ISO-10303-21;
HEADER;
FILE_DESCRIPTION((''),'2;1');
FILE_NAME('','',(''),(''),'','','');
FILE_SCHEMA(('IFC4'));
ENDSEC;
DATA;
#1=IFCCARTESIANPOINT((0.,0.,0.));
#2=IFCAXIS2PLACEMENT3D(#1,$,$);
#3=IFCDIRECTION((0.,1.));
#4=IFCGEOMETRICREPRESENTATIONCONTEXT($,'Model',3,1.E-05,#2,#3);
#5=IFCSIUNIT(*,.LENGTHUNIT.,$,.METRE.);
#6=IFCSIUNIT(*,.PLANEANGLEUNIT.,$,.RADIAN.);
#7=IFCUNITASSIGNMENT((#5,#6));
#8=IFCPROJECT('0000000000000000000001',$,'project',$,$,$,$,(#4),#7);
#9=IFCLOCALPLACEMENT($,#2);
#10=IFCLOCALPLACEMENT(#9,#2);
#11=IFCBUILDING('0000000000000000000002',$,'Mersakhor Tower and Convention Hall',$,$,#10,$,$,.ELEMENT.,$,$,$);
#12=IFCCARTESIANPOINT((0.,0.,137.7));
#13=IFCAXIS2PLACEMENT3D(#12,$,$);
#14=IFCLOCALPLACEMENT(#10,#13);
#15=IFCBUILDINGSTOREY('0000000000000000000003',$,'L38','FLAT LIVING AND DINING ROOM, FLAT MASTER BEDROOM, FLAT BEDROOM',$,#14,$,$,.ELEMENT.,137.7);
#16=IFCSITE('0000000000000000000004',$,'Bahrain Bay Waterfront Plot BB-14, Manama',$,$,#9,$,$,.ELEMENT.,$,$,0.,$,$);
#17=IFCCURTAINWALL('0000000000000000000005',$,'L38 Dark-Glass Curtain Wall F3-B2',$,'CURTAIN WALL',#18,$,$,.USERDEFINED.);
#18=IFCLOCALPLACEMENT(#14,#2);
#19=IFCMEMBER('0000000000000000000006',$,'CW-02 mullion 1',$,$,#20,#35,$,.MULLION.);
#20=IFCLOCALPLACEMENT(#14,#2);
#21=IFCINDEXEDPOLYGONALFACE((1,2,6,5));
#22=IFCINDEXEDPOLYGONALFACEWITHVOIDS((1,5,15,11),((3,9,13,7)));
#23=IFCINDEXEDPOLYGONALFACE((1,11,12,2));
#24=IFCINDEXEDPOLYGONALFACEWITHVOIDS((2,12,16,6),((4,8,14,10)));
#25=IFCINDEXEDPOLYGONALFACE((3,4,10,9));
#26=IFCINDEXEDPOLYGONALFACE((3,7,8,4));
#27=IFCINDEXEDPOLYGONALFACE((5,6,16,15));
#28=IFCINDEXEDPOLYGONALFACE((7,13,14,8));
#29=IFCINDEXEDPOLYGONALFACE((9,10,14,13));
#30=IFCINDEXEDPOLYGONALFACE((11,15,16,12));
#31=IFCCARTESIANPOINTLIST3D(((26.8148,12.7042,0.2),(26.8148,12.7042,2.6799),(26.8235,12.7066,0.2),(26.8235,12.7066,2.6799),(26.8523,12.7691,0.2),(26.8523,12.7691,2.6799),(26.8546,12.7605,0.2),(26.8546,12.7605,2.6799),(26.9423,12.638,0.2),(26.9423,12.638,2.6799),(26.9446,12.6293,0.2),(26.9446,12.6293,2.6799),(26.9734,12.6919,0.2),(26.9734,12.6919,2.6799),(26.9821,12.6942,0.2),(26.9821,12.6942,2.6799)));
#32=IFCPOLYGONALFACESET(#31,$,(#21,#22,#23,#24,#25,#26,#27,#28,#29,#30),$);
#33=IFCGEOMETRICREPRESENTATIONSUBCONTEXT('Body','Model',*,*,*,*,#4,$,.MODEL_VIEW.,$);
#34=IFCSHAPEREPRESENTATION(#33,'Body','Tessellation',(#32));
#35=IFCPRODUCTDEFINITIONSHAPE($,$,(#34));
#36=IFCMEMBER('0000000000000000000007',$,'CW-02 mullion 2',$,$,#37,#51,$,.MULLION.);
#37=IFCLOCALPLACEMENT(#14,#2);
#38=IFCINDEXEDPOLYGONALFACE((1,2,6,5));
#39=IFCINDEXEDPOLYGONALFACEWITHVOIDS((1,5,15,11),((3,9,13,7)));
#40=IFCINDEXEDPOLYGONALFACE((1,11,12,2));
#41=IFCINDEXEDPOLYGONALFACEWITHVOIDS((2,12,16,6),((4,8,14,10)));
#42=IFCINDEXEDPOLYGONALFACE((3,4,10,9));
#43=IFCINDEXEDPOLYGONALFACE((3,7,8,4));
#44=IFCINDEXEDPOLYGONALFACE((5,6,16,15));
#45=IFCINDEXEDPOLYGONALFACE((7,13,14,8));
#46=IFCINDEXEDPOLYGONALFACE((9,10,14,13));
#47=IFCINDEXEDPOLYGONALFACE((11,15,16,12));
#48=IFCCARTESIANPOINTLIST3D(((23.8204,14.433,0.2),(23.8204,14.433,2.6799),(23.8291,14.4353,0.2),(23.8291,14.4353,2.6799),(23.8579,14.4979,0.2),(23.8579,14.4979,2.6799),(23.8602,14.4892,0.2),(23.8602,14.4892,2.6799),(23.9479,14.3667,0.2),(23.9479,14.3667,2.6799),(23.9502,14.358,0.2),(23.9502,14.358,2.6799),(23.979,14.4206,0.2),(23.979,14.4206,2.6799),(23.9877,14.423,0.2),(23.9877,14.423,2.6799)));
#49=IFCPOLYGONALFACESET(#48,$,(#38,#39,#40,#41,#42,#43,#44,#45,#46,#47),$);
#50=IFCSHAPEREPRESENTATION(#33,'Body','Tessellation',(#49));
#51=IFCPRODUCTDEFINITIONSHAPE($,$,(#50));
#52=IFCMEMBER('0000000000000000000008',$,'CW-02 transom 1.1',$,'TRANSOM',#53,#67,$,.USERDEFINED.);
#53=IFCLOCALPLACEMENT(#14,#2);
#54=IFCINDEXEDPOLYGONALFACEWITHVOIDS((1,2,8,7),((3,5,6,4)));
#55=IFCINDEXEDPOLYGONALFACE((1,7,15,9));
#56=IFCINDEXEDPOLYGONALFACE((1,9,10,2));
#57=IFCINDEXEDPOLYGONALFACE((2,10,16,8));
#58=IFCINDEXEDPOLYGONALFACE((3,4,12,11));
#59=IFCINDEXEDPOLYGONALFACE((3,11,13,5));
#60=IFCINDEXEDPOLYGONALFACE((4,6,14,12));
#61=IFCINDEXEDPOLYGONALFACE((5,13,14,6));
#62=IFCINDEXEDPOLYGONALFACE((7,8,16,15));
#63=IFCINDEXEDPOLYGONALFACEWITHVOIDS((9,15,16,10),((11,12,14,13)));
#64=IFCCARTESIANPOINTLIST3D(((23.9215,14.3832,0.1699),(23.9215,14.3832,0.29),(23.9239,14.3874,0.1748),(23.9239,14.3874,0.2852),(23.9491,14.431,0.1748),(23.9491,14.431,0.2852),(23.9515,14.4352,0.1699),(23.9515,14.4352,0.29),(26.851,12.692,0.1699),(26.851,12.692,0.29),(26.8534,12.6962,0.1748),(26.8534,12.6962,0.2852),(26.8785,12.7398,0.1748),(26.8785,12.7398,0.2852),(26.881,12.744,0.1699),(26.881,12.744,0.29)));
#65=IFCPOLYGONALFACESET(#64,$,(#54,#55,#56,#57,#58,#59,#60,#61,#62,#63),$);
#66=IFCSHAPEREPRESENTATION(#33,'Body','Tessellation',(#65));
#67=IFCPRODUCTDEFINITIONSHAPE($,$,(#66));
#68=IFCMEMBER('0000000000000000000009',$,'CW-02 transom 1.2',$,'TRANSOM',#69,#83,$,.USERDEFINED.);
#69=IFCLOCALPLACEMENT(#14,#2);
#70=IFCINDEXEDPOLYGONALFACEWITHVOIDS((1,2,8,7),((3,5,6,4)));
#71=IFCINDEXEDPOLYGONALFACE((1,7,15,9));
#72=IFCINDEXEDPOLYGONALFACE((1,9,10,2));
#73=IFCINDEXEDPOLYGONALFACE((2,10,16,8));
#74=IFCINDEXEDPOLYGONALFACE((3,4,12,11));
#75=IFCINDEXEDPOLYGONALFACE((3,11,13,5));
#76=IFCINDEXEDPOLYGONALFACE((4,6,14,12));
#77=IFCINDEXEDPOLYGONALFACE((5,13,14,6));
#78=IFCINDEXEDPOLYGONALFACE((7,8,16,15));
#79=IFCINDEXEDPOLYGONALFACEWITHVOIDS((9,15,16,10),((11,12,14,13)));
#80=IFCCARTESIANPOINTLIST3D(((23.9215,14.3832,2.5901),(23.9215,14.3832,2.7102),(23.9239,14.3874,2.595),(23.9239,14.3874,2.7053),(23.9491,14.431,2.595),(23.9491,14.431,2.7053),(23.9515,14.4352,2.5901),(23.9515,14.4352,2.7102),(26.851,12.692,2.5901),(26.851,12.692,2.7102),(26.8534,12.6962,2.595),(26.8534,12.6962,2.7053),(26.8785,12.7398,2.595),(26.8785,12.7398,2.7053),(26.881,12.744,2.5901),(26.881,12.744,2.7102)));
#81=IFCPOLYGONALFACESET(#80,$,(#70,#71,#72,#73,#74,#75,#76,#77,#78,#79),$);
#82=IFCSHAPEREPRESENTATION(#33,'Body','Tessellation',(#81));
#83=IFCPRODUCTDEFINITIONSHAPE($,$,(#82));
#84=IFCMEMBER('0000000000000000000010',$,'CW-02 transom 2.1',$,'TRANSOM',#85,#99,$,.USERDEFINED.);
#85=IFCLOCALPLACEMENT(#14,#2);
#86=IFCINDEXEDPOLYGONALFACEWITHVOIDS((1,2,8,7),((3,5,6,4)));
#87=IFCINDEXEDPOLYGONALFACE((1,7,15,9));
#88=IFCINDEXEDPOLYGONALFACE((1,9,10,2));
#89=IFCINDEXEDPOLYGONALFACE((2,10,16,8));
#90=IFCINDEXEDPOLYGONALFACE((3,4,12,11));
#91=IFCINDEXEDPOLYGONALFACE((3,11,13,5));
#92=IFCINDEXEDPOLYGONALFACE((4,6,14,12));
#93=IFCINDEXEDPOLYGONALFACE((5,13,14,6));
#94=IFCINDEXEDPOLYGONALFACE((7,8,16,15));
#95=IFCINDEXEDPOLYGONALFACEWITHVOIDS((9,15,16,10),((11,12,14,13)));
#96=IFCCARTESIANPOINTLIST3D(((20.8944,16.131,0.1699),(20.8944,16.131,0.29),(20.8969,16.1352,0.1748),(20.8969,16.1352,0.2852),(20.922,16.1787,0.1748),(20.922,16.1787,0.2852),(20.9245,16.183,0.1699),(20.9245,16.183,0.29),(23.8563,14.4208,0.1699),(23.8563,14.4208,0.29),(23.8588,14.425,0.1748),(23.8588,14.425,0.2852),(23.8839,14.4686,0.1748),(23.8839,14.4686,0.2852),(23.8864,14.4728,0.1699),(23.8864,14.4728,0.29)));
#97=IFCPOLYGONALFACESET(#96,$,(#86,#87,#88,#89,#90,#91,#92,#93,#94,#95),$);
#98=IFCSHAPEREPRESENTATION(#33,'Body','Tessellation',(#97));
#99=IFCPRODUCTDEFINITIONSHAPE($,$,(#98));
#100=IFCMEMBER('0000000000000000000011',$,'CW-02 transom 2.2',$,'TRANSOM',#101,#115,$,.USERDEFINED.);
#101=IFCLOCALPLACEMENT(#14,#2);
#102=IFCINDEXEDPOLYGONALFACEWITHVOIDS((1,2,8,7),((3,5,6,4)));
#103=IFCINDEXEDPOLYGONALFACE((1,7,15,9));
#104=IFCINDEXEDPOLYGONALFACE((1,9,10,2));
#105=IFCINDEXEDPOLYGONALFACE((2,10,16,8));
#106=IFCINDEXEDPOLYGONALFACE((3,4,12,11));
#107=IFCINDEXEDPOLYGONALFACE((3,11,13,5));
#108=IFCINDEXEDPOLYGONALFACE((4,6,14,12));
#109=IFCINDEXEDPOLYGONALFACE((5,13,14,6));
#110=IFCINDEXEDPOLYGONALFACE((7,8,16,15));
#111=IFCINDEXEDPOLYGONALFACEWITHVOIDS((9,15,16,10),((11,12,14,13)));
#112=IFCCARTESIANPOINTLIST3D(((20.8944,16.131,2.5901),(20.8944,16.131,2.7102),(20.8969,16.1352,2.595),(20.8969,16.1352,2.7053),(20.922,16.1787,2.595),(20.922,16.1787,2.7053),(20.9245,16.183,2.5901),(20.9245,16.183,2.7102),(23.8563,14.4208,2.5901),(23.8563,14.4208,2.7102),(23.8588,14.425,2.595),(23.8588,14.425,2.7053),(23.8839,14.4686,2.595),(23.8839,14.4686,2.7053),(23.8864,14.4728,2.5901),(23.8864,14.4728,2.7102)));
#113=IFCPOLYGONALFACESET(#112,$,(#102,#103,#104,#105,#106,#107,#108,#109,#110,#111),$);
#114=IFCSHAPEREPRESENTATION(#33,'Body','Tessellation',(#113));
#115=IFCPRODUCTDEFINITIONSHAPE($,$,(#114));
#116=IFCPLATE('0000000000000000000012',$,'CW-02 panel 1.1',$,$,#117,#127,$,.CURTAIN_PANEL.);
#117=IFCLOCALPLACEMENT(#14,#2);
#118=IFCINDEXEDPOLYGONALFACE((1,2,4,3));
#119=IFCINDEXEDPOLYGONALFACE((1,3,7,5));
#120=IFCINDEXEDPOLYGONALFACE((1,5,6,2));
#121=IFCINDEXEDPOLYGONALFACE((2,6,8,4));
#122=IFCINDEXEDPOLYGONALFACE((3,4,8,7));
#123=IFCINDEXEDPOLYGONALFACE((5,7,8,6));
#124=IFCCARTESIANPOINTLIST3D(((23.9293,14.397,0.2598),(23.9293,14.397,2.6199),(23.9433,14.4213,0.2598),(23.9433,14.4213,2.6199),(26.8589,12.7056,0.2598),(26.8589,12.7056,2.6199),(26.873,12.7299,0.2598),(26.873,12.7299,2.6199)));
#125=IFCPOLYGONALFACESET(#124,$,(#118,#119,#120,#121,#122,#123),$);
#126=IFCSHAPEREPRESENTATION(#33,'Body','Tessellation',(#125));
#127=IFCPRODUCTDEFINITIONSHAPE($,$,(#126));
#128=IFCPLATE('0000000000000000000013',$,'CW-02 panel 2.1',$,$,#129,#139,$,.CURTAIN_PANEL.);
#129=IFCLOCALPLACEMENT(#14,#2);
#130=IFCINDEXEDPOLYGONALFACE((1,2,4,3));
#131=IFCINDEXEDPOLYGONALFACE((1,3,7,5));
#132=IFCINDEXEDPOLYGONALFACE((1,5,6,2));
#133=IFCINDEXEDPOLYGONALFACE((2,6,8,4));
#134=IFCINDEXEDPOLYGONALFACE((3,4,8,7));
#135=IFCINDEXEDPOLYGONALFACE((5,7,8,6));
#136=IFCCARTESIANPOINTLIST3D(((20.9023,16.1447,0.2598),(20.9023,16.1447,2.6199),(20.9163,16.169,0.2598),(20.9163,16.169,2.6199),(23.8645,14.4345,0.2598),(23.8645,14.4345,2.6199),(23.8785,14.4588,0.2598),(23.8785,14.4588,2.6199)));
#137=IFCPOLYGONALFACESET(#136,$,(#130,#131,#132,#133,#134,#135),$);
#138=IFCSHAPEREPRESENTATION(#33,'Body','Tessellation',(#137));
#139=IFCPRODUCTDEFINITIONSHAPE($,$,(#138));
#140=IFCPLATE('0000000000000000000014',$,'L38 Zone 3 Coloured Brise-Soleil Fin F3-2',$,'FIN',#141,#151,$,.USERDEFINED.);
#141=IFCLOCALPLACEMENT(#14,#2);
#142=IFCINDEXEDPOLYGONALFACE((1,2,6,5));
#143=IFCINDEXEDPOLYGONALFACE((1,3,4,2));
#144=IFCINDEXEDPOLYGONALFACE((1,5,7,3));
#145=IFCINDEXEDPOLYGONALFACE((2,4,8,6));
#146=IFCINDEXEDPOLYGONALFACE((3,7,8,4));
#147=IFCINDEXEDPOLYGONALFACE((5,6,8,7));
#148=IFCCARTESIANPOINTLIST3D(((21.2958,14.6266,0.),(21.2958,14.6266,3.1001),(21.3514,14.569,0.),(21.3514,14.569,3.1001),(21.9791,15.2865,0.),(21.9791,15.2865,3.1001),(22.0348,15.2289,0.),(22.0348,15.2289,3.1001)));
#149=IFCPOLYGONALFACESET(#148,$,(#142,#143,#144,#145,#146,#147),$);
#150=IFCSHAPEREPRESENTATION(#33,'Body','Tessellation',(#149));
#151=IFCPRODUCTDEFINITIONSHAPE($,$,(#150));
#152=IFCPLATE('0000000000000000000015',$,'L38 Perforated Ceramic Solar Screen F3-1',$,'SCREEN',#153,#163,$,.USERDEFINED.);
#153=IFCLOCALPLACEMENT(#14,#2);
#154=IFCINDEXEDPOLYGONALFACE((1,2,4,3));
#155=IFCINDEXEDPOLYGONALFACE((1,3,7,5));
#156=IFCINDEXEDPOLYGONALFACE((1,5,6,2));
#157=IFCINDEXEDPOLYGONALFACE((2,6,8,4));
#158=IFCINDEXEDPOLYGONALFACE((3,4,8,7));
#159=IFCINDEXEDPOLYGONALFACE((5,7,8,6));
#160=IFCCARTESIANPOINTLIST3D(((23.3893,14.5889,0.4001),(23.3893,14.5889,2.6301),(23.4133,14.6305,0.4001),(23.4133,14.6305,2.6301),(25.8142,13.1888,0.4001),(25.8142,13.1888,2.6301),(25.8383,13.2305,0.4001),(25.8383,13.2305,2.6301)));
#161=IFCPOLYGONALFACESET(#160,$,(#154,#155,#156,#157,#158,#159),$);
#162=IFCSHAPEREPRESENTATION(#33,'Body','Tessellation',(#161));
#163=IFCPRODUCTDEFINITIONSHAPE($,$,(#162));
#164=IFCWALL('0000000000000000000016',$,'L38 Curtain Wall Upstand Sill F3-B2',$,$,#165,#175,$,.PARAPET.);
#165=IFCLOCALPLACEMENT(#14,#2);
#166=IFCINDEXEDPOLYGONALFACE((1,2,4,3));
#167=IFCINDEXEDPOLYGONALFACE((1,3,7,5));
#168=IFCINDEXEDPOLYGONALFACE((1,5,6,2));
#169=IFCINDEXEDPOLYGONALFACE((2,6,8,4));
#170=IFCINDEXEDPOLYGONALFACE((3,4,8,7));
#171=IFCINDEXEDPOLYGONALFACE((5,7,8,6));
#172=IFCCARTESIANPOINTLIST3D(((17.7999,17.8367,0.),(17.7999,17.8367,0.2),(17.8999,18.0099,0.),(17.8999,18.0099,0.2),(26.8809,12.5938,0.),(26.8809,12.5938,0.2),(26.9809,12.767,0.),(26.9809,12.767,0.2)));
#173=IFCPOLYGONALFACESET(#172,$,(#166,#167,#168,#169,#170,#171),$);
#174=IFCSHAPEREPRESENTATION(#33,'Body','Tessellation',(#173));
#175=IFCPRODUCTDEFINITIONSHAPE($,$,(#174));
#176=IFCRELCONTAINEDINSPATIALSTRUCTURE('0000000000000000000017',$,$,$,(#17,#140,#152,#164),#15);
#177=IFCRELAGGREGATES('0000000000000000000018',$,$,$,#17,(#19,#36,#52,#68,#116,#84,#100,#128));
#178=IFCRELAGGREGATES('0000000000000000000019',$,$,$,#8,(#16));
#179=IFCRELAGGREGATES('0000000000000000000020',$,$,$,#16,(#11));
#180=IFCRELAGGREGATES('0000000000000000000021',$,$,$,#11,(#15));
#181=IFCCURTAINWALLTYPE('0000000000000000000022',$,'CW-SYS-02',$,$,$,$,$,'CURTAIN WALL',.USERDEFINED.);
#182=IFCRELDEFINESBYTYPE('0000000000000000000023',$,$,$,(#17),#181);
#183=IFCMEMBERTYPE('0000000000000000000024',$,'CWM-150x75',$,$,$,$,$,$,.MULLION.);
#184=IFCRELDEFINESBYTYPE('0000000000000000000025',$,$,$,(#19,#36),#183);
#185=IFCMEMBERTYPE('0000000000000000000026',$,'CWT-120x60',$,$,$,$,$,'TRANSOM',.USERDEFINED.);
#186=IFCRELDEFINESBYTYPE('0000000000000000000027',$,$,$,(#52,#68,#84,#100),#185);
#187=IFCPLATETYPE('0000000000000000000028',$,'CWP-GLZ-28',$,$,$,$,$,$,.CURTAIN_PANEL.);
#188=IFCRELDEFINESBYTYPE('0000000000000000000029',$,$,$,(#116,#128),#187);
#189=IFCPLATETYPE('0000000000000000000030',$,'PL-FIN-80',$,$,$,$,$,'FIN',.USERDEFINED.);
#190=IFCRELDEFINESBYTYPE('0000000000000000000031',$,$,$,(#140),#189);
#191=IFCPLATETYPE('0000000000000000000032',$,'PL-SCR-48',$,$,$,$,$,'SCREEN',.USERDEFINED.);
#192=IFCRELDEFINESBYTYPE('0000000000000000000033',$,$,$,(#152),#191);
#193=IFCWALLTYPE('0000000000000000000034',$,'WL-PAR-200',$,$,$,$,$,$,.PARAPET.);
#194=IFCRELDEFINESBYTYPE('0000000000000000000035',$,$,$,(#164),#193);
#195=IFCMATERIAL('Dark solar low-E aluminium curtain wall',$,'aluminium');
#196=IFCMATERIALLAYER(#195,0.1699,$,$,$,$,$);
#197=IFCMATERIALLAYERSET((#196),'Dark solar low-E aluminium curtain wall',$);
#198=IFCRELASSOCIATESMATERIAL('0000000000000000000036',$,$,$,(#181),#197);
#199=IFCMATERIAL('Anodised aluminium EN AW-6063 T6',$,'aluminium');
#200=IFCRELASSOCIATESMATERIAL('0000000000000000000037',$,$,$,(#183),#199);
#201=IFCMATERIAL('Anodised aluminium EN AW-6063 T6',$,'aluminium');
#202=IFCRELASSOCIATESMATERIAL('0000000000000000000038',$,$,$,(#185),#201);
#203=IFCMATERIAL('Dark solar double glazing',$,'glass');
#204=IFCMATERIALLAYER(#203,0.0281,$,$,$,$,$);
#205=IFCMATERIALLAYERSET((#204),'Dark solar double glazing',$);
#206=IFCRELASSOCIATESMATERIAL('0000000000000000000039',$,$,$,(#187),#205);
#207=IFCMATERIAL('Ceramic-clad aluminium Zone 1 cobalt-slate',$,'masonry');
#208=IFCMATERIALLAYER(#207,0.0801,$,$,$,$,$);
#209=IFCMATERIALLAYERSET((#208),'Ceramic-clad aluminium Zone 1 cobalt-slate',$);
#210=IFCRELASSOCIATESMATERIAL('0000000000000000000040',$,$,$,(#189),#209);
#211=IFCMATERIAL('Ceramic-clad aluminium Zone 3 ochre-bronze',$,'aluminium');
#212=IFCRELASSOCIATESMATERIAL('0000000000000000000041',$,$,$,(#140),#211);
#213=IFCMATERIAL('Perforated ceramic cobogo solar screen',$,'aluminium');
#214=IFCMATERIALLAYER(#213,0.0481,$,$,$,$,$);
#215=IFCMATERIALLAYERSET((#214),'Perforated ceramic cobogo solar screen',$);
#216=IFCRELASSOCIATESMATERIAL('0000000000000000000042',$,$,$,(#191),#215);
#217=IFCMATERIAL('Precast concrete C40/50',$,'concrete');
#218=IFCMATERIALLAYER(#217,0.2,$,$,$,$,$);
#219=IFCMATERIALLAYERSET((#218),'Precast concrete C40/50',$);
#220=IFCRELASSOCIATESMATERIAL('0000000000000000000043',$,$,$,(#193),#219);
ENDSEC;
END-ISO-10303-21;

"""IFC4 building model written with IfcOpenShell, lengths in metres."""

from ifc_helpers import new_model, si_unit, direction, frame, frame_2d, origin, origin_2d, place, context, subcontext, project, spatial, rectangle, hollow_rectangle, extrude, material, layer, layer_set, material_profile, profile_set, type_object, element, aggregate, save


model = new_model("IFC4")

# Units and contexts
model_context = context("Model", 3, precision=1e-05, world=origin(), true_north=direction((0.0, 1.0)))
body_context = subcontext(model_context, "Body", "Model", "MODEL_VIEW")
ifc_project = project(units=[si_unit("LENGTHUNIT", "METRE"), si_unit("PLANEANGLEUNIT", "RADIAN")], contexts=[model_context])

# Site, building, storey
site_placement = place(None, origin())
site = spatial("IfcSite", under=ifc_project, at=site_placement, Name="Bahrain Bay Waterfront Plot BB-14, Manama", CompositionType="ELEMENT", RefElevation=0.0)
building_placement = place(site_placement, origin())
building = spatial("IfcBuilding", under=site, at=building_placement, Name="Mersakhor Tower and Convention Hall", CompositionType="ELEMENT")
storey_placement = place(building_placement, frame((0.0, 0.0, 137.7)))
storey = spatial("IfcBuildingStorey", under=building, at=storey_placement, Name="L38", Description="FLAT LIVING AND DINING ROOM, FLAT MASTER BEDROOM, FLAT BEDROOM", CompositionType="ELEMENT", Elevation=137.7)

# Curtain wall, members, plates
ifc_material_1 = material(Name="Dark solar low-E aluminium curtain wall", Category="aluminium")
ifc_layer_1 = layer(ifc_material_1, 0.1699)
ifc_layer_set_1 = layer_set([ifc_layer_1], Name="Dark solar low-E aluminium curtain wall")
curtain_wall_type = type_object("IfcCurtainWallType", Name="CW-SYS-02", ElementType="CURTAIN WALL", PredefinedType="USERDEFINED", material=ifc_layer_set_1)
curtain_wall_placement = place(storey_placement, origin())
curtain_wall = element("IfcCurtainWall", 1, at=curtain_wall_placement, inside=storey, type_object=curtain_wall_type, Name="L38 Dark-Glass Curtain Wall F3-B2", ObjectType="CURTAIN WALL", PredefinedType="USERDEFINED")
ifc_material_2 = material(Name="Anodised aluminium EN AW-6063 T6", Category="aluminium")
ifc_material_profile_1 = material_profile(ifc_material_2, hollow_rectangle(XDim=0.075, YDim=0.1499, WallThickness=0.0063, at=origin_2d()), Name="RHS 150x75x6.3")
ifc_profile_set_1 = profile_set([ifc_material_profile_1], Name="Anodised aluminium EN AW-6063 T6")
member_type_1 = type_object("IfcMemberType", Name="CWM-150x75", PredefinedType="MULLION", material=ifc_profile_set_1)
member_1_placement = place(storey_placement, frame((26.8984, 12.6992, 0.2), z_axis=(0.0, 0.0, 1.0), x_axis=(-0.49999, -0.866031, 0.0)))
member_1 = element("IfcMember", 2, at=member_1_placement, type_object=member_type_1, Name="CW-02 mullion 1", PredefinedType="MULLION", context=body_context, shape_type="SweptSolid", body=[
    extrude(hollow_rectangle(XDim=0.075, YDim=0.1499, WallThickness=0.0063, at=origin_2d()), origin(), (0.0, 0.0, 1.0), 2.48),
])
member_2_placement = place(storey_placement, frame((23.9041, 14.428, 0.2), z_axis=(0.0, 0.0, 1.0), x_axis=(-0.49999, -0.866031, 0.0)))
member_2 = element("IfcMember", 3, at=member_2_placement, type_object=member_type_1, Name="CW-02 mullion 2", PredefinedType="MULLION", context=body_context, shape_type="SweptSolid", body=[
    extrude(hollow_rectangle(XDim=0.075, YDim=0.1499, WallThickness=0.0063, at=origin_2d()), origin(), (0.0, 0.0, 1.0), 2.48),
])
ifc_material_3 = material(Name="Anodised aluminium EN AW-6063 T6", Category="aluminium")
ifc_material_profile_2 = material_profile(ifc_material_3, hollow_rectangle(XDim=0.0601, YDim=0.1201, WallThickness=0.0049, at=origin_2d()), Name="RHS 120x60x5")
ifc_profile_set_2 = profile_set([ifc_material_profile_2], Name="Anodised aluminium EN AW-6063 T6")
member_type_2 = type_object("IfcMemberType", Name="CWT-120x60", ElementType="TRANSOM", PredefinedType="USERDEFINED", material=ifc_profile_set_2)
member_3_placement = place(storey_placement, frame((26.866, 12.718, 0.23), z_axis=(-0.866045, 0.499966, 0.0), x_axis=(-0.499966, -0.866045, 0.0)))
member_3 = element("IfcMember", 4, at=member_3_placement, type_object=member_type_2, Name="CW-02 transom 1.1", ObjectType="TRANSOM", PredefinedType="USERDEFINED", context=body_context, shape_type="SweptSolid", body=[
    extrude(hollow_rectangle(XDim=0.0601, YDim=0.1201, WallThickness=0.0049, at=origin_2d()), origin(), (0.0, 0.0, 1.0), 3.3826),
])
member_4_placement = place(storey_placement, frame((26.866, 12.718, 2.6501), z_axis=(-0.866045, 0.499966, 0.0), x_axis=(-0.499966, -0.866045, 0.0)))
member_4 = element("IfcMember", 5, at=member_4_placement, type_object=member_type_2, Name="CW-02 transom 1.2", ObjectType="TRANSOM", PredefinedType="USERDEFINED", context=body_context, shape_type="SweptSolid", body=[
    extrude(hollow_rectangle(XDim=0.0601, YDim=0.1201, WallThickness=0.0049, at=origin_2d()), origin(), (0.0, 0.0, 1.0), 3.3826),
])
member_5_placement = place(storey_placement, frame((23.8713, 14.4468, 0.23), z_axis=(-0.866007, 0.500031, 0.0), x_axis=(-0.500031, -0.866007, 0.0)))
member_5 = element("IfcMember", 6, at=member_5_placement, type_object=member_type_2, Name="CW-02 transom 2.1", ObjectType="TRANSOM", PredefinedType="USERDEFINED", context=body_context, shape_type="SweptSolid", body=[
    extrude(hollow_rectangle(XDim=0.0601, YDim=0.1201, WallThickness=0.0049, at=origin_2d()), origin(), (0.0, 0.0, 1.0), 3.4202),
])
member_6_placement = place(storey_placement, frame((23.8713, 14.4468, 2.6501), z_axis=(-0.866007, 0.500031, 0.0), x_axis=(-0.500031, -0.866007, 0.0)))
member_6 = element("IfcMember", 7, at=member_6_placement, type_object=member_type_2, Name="CW-02 transom 2.2", ObjectType="TRANSOM", PredefinedType="USERDEFINED", context=body_context, shape_type="SweptSolid", body=[
    extrude(hollow_rectangle(XDim=0.0601, YDim=0.1201, WallThickness=0.0049, at=origin_2d()), origin(), (0.0, 0.0, 1.0), 3.4202),
])
ifc_material_4 = material(Name="Dark solar double glazing", Category="glass")
ifc_layer_2 = layer(ifc_material_4, 0.0281)
ifc_layer_set_2 = layer_set([ifc_layer_2], Name="Dark solar double glazing")
plate_type_1 = type_object("IfcPlateType", Name="CWP-GLZ-28", PredefinedType="CURTAIN_PANEL", material=ifc_layer_set_2)
plate_1_placement = place(storey_placement, frame((25.4011, 13.5635, 0.2598), z_axis=(0.0, 0.0, 1.0), x_axis=(-0.866031, 0.49999, 0.0)))
plate_1 = element("IfcPlate", 8, at=plate_1_placement, type_object=plate_type_1, Name="CW-02 panel 1.1", PredefinedType="CURTAIN_PANEL", context=body_context, shape_type="SweptSolid", body=[
    extrude(rectangle(XDim=3.3828, YDim=0.0281, at=origin_2d()), origin(), (0.0, 0.0, 1.0), 2.3601),
])
plate_2_placement = place(storey_placement, frame((22.3904, 15.3018, 0.2598), z_axis=(0.0, 0.0, 1.0), x_axis=(-0.866031, 0.49999, 0.0)))
plate_2 = element("IfcPlate", 9, at=plate_2_placement, type_object=plate_type_1, Name="CW-02 panel 2.1", PredefinedType="CURTAIN_PANEL", context=body_context, shape_type="SweptSolid", body=[
    extrude(rectangle(XDim=3.4204, YDim=0.0281, at=origin_2d()), origin(), (0.0, 0.0, 1.0), 2.3601),
])
aggregate(curtain_wall, [member_1, member_2, member_3, member_4, plate_1, member_5, member_6, plate_2])

# Plates
ifc_material_5 = material(Name="Ceramic-clad aluminium Zone 3 ochre-bronze", Category="aluminium")
ifc_material_6 = material(Name="Ceramic-clad aluminium Zone 1 cobalt-slate", Category="masonry")
ifc_layer_3 = layer(ifc_material_6, 0.0801)
ifc_layer_set_3 = layer_set([ifc_layer_3], Name="Ceramic-clad aluminium Zone 1 cobalt-slate")
plate_type_2 = type_object("IfcPlateType", Name="PL-FIN-80", ElementType="FIN", PredefinedType="USERDEFINED", material=ifc_layer_set_3)
plate_3_placement = place(storey_placement, frame((21.6653, 14.9277, 0.0), z_axis=(0.0, 0.0, 1.0), x_axis=(-0.71934, -0.694658, 0.0)))
element("IfcPlate", 10, at=plate_3_placement, inside=storey, type_object=plate_type_2, material=ifc_material_5, Name="L38 Zone 3 Coloured Brise-Soleil Fin F3-2", ObjectType="FIN", PredefinedType="USERDEFINED", context=body_context, shape_type="SweptSolid", body=[
    extrude(rectangle(XDim=0.95, YDim=0.0801, at=origin_2d()), origin(), (0.0, 0.0, 1.0), 3.1001),
])
ifc_material_7 = material(Name="Perforated ceramic cobogo solar screen", Category="aluminium")
ifc_layer_4 = layer(ifc_material_7, 0.0481)
ifc_layer_set_4 = layer_set([ifc_layer_4], Name="Perforated ceramic cobogo solar screen")
plate_type_3 = type_object("IfcPlateType", Name="PL-SCR-48", ElementType="SCREEN", PredefinedType="USERDEFINED", material=ifc_layer_set_4)
plate_4_placement = place(storey_placement, frame((24.6138, 13.9097, 0.4001), z_axis=(0.0, 0.0, 1.0), x_axis=(-0.866025, 0.5, 0.0)))
element("IfcPlate", 11, at=plate_4_placement, inside=storey, type_object=plate_type_3, Name="L38 Perforated Ceramic Solar Screen F3-1", ObjectType="SCREEN", PredefinedType="USERDEFINED", context=body_context, shape_type="SweptSolid", body=[
    extrude(rectangle(XDim=2.8, YDim=0.0481, at=origin_2d()), origin(), (0.0, 0.0, 1.0), 2.23),
])

# Wall
ifc_material_8 = material(Name="Precast concrete C40/50", Category="concrete")
ifc_layer_5 = layer(ifc_material_8, 0.2)
ifc_layer_set_5 = layer_set([ifc_layer_5], Name="Precast concrete C40/50")
wall_type_1 = type_object("IfcWallType", Name="WL-PAR-200", PredefinedType="PARAPET", material=ifc_layer_set_5)
wall_1_placement = place(storey_placement, frame((26.9309, 12.6804, 0.0), z_axis=(0.0, 0.0, 1.0), x_axis=(-0.866027, 0.499998, 0.0)))
element("IfcWall", 12, at=wall_1_placement, inside=storey, type_object=wall_type_1, Name="L38 Curtain Wall Upstand Sill F3-B2", PredefinedType="PARAPET", context=body_context, shape_type="SweptSolid", body=[
    extrude(rectangle(XDim=10.4858, YDim=0.2, at=frame_2d((5.2429, 0.0))), origin(), (0.0, 0.0, 1.0), 0.2),
])

save(model, "model.ifc")
